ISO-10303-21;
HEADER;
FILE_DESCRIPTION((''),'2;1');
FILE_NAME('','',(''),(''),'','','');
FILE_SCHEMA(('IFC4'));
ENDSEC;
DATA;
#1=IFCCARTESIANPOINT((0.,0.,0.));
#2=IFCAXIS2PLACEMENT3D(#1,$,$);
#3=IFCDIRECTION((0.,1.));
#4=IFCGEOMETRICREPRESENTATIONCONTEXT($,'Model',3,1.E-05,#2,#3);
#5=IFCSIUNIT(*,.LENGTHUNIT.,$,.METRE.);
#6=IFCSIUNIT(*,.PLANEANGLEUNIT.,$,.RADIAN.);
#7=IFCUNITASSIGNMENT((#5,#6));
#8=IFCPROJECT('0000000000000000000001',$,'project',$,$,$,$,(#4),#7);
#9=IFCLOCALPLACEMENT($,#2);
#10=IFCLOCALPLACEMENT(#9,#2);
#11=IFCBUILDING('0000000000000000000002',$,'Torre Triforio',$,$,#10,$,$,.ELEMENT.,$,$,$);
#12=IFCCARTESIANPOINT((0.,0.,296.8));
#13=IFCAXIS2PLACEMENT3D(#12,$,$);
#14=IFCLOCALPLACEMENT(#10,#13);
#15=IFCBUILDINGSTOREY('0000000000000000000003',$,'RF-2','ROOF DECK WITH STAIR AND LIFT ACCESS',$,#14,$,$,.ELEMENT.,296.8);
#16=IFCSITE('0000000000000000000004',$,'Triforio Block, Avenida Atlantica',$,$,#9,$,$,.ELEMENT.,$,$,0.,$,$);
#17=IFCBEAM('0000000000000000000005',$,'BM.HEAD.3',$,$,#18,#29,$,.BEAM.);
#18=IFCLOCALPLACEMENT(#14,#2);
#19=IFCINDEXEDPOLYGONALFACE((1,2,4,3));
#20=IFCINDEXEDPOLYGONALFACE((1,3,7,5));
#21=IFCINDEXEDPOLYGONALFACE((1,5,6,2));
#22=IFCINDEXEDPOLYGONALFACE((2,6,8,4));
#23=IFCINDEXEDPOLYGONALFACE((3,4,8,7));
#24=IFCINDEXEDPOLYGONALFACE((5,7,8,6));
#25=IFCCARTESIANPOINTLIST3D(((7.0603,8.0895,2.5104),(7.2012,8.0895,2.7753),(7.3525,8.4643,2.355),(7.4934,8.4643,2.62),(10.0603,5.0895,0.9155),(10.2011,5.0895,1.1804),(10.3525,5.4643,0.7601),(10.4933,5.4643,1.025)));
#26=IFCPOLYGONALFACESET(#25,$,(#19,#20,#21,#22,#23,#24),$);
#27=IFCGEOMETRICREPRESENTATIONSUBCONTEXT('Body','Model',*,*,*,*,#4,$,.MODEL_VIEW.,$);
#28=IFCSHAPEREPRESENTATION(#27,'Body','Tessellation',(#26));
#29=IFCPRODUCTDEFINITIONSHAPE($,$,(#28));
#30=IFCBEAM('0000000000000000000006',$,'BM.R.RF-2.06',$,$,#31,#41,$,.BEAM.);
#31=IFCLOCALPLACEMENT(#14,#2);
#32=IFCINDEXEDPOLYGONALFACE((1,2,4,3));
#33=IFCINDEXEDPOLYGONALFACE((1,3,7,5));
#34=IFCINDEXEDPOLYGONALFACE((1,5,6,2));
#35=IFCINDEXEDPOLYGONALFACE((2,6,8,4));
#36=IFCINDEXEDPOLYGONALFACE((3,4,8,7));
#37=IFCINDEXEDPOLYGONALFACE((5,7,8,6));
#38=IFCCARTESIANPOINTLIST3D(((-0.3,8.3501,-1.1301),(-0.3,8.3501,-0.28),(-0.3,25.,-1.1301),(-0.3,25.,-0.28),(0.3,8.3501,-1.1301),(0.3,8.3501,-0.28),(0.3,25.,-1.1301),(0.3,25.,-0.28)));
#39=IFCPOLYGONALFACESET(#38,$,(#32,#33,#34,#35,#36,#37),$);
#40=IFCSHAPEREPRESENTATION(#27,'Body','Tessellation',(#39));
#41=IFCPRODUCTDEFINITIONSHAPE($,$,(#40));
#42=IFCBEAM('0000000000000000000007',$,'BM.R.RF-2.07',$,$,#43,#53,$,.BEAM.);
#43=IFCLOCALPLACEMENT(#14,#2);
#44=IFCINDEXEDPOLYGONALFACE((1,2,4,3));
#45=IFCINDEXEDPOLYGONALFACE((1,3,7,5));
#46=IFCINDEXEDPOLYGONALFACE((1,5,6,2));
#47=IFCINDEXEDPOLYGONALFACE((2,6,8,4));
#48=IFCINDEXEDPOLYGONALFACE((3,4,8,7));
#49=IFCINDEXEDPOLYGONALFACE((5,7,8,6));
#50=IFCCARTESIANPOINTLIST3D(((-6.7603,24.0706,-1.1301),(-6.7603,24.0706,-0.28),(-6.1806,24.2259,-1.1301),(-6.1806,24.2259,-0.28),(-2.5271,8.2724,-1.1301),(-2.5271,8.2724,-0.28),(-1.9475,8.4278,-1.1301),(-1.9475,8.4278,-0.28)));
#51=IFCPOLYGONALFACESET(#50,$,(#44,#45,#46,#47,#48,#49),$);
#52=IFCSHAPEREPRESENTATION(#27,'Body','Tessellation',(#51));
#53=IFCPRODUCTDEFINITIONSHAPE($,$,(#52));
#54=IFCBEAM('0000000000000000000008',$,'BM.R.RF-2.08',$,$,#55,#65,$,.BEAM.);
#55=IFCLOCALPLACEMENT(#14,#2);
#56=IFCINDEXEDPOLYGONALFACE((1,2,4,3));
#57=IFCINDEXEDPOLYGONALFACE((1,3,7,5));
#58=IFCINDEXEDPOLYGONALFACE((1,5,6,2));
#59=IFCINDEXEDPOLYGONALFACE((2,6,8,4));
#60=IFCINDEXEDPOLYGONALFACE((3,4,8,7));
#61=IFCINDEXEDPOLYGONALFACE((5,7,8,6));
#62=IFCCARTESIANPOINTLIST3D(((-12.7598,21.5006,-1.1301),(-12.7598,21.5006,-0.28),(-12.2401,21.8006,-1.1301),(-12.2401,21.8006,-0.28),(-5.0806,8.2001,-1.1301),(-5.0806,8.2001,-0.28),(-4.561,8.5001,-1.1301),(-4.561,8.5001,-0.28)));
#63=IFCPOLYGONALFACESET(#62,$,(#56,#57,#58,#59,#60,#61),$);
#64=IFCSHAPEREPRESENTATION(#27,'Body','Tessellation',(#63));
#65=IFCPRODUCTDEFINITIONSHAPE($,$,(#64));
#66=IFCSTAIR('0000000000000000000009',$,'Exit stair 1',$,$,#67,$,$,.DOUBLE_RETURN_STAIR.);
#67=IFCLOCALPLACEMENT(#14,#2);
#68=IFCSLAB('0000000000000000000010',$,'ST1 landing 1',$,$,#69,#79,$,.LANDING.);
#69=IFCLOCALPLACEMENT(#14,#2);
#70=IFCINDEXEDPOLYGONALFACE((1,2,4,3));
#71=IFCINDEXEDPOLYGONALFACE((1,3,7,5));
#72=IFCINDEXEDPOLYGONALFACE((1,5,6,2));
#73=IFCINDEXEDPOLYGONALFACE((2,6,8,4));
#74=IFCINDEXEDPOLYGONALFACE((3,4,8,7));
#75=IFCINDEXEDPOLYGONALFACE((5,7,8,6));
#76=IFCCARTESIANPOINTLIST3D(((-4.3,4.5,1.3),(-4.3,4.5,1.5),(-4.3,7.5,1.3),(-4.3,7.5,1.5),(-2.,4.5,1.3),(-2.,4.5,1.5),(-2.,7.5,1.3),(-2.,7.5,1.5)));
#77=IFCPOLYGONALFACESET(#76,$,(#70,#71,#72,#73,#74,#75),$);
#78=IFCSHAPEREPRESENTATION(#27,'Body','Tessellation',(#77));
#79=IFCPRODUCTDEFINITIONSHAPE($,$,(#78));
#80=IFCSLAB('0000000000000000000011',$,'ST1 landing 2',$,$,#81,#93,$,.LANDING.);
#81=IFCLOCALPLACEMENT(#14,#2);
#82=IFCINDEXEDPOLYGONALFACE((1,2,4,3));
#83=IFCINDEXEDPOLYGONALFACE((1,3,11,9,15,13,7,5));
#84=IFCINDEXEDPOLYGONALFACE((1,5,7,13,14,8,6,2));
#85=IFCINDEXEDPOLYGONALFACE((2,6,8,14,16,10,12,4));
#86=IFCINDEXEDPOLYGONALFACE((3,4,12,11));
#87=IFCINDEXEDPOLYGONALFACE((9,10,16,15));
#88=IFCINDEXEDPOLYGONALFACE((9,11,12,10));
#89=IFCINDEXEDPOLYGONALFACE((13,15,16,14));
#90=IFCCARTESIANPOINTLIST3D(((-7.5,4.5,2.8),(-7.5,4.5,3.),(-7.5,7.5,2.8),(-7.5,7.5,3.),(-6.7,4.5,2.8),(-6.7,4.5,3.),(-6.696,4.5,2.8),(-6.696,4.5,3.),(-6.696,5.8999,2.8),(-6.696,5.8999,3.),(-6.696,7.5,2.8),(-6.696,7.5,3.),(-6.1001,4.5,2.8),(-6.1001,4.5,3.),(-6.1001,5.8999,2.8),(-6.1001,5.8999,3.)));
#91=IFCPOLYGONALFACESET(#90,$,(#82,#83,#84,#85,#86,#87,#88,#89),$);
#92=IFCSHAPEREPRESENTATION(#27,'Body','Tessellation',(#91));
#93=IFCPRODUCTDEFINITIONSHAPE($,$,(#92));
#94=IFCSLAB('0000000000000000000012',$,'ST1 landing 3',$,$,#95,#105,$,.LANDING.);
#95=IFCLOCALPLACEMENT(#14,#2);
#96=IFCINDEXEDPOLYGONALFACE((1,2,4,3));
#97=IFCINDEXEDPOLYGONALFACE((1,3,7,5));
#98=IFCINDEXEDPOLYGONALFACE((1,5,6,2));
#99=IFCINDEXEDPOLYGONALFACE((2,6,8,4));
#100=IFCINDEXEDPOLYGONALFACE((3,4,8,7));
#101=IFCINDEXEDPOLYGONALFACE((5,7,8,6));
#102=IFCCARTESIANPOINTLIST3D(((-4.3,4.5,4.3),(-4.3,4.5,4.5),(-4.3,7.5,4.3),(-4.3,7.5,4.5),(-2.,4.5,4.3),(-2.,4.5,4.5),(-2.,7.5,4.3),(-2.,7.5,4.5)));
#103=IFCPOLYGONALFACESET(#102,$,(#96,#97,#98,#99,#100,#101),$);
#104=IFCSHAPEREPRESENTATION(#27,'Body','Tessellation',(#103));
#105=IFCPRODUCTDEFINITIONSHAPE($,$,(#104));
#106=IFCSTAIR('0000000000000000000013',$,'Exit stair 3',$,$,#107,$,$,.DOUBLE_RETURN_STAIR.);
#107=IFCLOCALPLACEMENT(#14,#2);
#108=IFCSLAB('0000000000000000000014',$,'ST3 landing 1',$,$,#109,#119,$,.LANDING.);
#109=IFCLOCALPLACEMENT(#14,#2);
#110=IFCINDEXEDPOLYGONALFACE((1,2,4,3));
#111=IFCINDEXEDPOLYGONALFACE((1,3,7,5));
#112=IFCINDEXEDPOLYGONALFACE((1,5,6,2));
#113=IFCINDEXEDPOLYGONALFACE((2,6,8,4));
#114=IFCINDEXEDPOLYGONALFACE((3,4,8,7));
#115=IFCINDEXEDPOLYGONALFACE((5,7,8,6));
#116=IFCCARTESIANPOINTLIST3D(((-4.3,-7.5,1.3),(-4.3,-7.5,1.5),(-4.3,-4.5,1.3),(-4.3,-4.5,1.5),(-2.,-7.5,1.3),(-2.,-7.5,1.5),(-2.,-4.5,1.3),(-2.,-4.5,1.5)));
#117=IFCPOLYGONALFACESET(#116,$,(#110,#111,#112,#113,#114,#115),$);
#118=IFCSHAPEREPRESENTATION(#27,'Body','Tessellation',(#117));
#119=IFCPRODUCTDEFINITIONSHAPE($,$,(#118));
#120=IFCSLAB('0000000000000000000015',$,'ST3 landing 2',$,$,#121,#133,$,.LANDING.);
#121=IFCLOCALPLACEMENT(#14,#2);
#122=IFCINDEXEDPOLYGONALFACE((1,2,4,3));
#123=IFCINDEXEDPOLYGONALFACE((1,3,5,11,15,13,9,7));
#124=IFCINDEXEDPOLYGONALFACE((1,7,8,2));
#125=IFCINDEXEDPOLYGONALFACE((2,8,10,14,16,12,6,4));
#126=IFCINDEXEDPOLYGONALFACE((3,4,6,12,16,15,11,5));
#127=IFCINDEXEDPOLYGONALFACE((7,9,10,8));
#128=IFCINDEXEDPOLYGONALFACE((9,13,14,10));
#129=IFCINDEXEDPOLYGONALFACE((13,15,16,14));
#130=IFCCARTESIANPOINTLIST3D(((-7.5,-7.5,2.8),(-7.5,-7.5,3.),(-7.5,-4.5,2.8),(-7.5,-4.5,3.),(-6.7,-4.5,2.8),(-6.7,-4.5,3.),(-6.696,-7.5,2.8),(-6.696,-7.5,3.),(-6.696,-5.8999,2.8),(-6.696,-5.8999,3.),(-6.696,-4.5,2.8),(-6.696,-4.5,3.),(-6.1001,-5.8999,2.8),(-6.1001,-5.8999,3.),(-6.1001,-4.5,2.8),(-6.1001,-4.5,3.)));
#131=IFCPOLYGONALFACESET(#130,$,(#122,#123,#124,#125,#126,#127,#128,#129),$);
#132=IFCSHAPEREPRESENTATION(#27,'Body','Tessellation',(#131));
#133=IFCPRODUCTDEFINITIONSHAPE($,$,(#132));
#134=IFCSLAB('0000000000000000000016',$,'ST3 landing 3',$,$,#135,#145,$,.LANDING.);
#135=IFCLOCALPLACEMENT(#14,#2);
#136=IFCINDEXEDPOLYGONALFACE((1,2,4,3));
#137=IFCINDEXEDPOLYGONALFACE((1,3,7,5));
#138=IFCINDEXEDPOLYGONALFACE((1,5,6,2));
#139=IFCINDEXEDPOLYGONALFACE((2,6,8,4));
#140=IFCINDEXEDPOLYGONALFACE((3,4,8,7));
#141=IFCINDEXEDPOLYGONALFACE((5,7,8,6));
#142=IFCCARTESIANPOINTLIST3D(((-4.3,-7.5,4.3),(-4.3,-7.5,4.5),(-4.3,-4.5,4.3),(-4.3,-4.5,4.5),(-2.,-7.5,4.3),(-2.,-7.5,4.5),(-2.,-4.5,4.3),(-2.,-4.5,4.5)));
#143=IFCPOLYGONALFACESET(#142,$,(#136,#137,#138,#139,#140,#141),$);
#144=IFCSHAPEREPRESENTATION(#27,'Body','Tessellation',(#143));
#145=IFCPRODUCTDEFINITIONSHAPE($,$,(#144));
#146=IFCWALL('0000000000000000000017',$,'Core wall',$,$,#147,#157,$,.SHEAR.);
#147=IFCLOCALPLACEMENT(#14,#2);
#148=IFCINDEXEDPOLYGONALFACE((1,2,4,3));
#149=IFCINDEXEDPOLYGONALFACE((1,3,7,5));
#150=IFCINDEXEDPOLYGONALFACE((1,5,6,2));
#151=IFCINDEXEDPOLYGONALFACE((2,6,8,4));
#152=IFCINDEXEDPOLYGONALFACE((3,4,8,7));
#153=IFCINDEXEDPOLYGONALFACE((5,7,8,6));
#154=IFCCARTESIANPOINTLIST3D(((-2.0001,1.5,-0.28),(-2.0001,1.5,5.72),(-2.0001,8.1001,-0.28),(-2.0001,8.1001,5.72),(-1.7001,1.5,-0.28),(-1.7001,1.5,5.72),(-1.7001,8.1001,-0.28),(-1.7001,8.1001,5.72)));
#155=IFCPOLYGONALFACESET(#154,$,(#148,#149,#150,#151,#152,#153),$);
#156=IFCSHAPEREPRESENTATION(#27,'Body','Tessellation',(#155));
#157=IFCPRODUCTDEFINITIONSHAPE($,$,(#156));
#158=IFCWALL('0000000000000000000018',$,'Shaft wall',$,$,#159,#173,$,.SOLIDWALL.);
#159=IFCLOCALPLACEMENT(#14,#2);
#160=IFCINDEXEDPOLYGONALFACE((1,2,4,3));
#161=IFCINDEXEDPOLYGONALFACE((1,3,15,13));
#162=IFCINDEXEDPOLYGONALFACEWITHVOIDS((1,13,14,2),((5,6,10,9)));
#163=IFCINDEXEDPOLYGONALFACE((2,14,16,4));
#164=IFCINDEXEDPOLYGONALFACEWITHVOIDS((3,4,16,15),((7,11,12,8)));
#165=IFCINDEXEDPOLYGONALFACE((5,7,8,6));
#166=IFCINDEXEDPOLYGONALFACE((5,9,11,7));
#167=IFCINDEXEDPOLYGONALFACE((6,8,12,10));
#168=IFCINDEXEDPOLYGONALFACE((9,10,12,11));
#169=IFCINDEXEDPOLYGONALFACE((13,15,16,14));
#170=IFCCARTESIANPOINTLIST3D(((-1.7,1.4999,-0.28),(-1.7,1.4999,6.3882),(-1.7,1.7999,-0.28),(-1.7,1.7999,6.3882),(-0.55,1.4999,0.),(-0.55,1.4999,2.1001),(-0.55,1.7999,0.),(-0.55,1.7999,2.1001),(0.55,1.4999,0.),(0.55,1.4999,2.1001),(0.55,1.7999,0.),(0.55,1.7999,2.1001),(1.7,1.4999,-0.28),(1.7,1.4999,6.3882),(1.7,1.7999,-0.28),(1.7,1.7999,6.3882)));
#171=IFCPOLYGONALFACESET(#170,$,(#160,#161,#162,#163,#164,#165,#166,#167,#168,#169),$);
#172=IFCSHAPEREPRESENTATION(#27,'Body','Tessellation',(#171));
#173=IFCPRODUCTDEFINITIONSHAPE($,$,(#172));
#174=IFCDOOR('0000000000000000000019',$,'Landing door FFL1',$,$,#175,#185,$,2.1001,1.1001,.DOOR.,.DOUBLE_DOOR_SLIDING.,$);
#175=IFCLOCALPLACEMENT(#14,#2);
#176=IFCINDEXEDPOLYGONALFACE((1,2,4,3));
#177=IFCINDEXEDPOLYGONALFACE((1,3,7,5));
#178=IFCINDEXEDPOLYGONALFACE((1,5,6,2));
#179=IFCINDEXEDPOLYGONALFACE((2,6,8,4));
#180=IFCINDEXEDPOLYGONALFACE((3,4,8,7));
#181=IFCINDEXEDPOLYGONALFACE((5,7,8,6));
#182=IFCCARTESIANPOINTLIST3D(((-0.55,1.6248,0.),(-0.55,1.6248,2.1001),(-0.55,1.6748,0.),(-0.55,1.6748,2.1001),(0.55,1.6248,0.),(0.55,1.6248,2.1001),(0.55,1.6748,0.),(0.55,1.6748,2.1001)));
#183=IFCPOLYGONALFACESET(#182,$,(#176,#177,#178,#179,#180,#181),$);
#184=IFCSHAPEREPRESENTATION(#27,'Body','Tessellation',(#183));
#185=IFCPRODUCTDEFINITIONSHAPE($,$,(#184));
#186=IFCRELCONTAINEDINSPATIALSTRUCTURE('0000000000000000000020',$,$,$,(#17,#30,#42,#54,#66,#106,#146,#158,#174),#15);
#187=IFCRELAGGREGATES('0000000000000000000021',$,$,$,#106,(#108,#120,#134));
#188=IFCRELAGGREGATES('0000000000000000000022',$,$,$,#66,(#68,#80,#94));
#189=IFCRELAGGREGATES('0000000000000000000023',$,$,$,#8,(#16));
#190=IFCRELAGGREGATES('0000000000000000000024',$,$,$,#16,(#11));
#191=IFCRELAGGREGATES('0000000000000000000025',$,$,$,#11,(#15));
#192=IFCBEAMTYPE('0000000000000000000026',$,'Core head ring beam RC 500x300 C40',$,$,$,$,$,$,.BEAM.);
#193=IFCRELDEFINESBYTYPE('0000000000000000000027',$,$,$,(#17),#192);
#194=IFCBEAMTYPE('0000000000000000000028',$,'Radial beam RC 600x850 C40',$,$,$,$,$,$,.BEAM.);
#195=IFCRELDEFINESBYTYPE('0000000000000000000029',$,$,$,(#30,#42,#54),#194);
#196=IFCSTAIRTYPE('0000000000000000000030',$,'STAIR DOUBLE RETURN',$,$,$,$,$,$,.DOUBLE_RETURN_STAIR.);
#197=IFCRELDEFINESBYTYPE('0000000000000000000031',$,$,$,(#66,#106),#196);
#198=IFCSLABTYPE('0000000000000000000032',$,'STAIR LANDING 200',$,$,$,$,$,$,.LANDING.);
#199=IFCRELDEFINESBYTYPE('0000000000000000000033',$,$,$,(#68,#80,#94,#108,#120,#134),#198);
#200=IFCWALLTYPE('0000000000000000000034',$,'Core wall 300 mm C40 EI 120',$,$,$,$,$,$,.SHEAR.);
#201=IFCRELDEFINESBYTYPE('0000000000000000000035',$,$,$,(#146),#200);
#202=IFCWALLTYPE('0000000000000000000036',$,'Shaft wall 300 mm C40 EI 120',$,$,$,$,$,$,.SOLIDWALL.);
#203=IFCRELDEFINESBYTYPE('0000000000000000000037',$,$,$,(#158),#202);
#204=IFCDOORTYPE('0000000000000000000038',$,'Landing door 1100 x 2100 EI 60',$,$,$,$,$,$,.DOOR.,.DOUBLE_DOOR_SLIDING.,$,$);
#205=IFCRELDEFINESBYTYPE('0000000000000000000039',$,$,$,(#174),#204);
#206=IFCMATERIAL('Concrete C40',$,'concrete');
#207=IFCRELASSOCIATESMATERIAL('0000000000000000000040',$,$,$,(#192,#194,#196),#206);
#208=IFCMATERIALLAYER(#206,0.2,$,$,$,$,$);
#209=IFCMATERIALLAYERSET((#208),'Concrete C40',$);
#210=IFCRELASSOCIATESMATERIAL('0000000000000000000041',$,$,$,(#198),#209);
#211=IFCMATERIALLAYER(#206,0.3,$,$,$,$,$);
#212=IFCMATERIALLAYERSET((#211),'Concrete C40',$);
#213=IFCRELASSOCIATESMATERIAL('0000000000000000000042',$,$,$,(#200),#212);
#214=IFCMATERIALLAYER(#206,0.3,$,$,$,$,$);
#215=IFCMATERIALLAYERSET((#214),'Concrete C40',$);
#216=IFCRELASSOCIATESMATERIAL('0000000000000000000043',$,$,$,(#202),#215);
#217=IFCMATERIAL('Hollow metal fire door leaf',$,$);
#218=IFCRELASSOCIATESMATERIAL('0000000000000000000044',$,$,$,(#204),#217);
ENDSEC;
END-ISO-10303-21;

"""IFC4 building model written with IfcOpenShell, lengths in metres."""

from ifc_helpers import new_model, si_unit, direction, frame, frame_2d, origin, origin_2d, place, context, subcontext, project, spatial, polyline, rectangle, outline, extrude, material, layer, layer_set, material_profile, profile_set, type_object, element, fill, aggregate, save


model = new_model("IFC4")

# Units and contexts
model_context = context("Model", 3, precision=1e-05, world=origin(), true_north=direction((0.0, 1.0)))
body_context = subcontext(model_context, "Body", "Model", "MODEL_VIEW")
ifc_project = project(units=[si_unit("LENGTHUNIT", "METRE"), si_unit("PLANEANGLEUNIT", "RADIAN")], contexts=[model_context])

# Site, building, storey
site_placement = place(None, origin())
site = spatial("IfcSite", under=ifc_project, at=site_placement, Name="Triforio Block, Avenida Atlantica", CompositionType="ELEMENT", RefElevation=0.0)
building_placement = place(site_placement, origin())
building = spatial("IfcBuilding", under=site, at=building_placement, Name="Torre Triforio", CompositionType="ELEMENT")
storey_placement = place(building_placement, frame((0.0, 0.0, 296.8)))
storey = spatial("IfcBuildingStorey", under=building, at=storey_placement, Name="RF-2", Description="ROOF DECK WITH STAIR AND LIFT ACCESS", CompositionType="ELEMENT", Elevation=296.8)

# Beams
ifc_material_1 = material(Name="Concrete C40", Category="concrete")
ifc_material_profile_1 = material_profile(ifc_material_1, rectangle(XDim=0.5, YDim=0.3, at=origin_2d()), Name="RC 500x300")
ifc_profile_set_1 = profile_set([ifc_material_profile_1], Name="Concrete C40")
beam_type_1 = type_object("IfcBeamType", Name="Core head ring beam RC 500x300 C40", PredefinedType="BEAM", material=ifc_profile_set_1)
beam_1_placement = place(storey_placement, frame((7.2769, 8.2769, 2.5652), z_axis=(0.66188, -0.66188, -0.351893), x_axis=(0.584406, 0.74961, -0.310734)))
element("IfcBeam", 1, at=beam_1_placement, inside=storey, type_object=beam_type_1, Name="BM.HEAD.3", PredefinedType="BEAM", context=body_context, shape_type="SweptSolid", body=[
    extrude(rectangle(XDim=0.5, YDim=0.3, at=origin_2d()), origin(), (0.0, 0.0, 1.0), 4.5325),
])
ifc_material_profile_2 = material_profile(ifc_material_1, rectangle(XDim=0.6001, YDim=0.8501, at=origin_2d()), Name="RC 600x850")
ifc_profile_set_2 = profile_set([ifc_material_profile_2], Name="Concrete C40")
beam_type_2 = type_object("IfcBeamType", Name="Radial beam RC 600x850 C40", PredefinedType="BEAM", material=ifc_profile_set_2)
beam_2_placement = place(storey_placement, frame((0.0, 8.3501, -0.7051), z_axis=(0.0, 1.0, 0.0), x_axis=(-1.0, 0.0, 0.0)))
element("IfcBeam", 2, at=beam_2_placement, inside=storey, type_object=beam_type_2, Name="BM.R.RF-2.06", PredefinedType="BEAM", context=body_context, shape_type="SweptSolid", body=[
    extrude(rectangle(XDim=0.6001, YDim=0.8501, at=origin_2d()), origin(), (0.0, 0.0, 1.0), 16.6499),
])
beam_3_placement = place(storey_placement, frame((-2.2373, 8.3501, -0.7051), z_axis=(-0.258823, 0.965925, 0.0), x_axis=(-0.965925, -0.258823, 0.0)))
element("IfcBeam", 3, at=beam_3_placement, inside=storey, type_object=beam_type_2, Name="BM.R.RF-2.07", PredefinedType="BEAM", context=body_context, shape_type="SweptSolid", body=[
    extrude(rectangle(XDim=0.6001, YDim=0.8501, at=origin_2d()), origin(), (0.0, 0.0, 1.0), 16.3555),
])
beam_4_placement = place(storey_placement, frame((-4.8208, 8.3501, -0.7051), z_axis=(-0.500006, 0.866022, 0.0), x_axis=(-0.866022, -0.500006, 0.0)))
element("IfcBeam", 4, at=beam_4_placement, inside=storey, type_object=beam_type_2, Name="BM.R.RF-2.08", PredefinedType="BEAM", context=body_context, shape_type="SweptSolid", body=[
    extrude(rectangle(XDim=0.6001, YDim=0.8501, at=origin_2d()), origin(), (0.0, 0.0, 1.0), 15.3582),
])

# Stairs, slabs
stair_type = type_object("IfcStairType", Name="STAIR DOUBLE RETURN", PredefinedType="DOUBLE_RETURN_STAIR", material=ifc_material_1)
stair_1_placement = place(storey_placement, origin())
stair_1 = element("IfcStair", 5, at=stair_1_placement, inside=storey, type_object=stair_type, Name="Exit stair 1", PredefinedType="DOUBLE_RETURN_STAIR")
ifc_layer_1 = layer(ifc_material_1, 0.2)
ifc_layer_set_1 = layer_set([ifc_layer_1], Name="Concrete C40")
slab_type = type_object("IfcSlabType", Name="STAIR LANDING 200", PredefinedType="LANDING", material=ifc_layer_set_1)
slab_1_placement = place(storey_placement, frame((0.0, 0.0, 1.3)))
slab_1 = element("IfcSlab", 6, at=slab_1_placement, type_object=slab_type, Name="ST1 landing 1", PredefinedType="LANDING", context=body_context, shape_type="SweptSolid", body=[
    extrude(outline(polyline([(-2.0, 4.5), (-2.0, 7.5), (-4.3, 7.5), (-4.3, 4.5), (-2.0, 4.5)])), origin(), (0.0, 0.0, 1.0), 0.2),
])
slab_2_placement = place(storey_placement, frame((0.0, 0.0, 2.8)))
slab_2 = element("IfcSlab", 7, at=slab_2_placement, type_object=slab_type, Name="ST1 landing 2", PredefinedType="LANDING", context=body_context, shape_type="SweptSolid", body=[
    extrude(outline(polyline([(-6.1001, 5.8999), (-6.1001, 4.5), (-6.696, 4.5), (-6.7, 4.5), (-7.5, 4.5), (-7.5, 7.5), (-6.696, 7.5), (-6.696, 5.8999), (-6.1001, 5.8999)])), origin(), (0.0, 0.0, 1.0), 0.2),
])
slab_3_placement = place(storey_placement, frame((0.0, 0.0, 4.3)))
slab_3 = element("IfcSlab", 8, at=slab_3_placement, type_object=slab_type, Name="ST1 landing 3", PredefinedType="LANDING", context=body_context, shape_type="SweptSolid", body=[
    extrude(outline(polyline([(-2.0, 4.5), (-2.0, 7.5), (-4.3, 7.5), (-4.3, 4.5), (-2.0, 4.5)])), origin(), (0.0, 0.0, 1.0), 0.2),
])
stair_2_placement = place(storey_placement, origin())
stair_2 = element("IfcStair", 9, at=stair_2_placement, inside=storey, type_object=stair_type, Name="Exit stair 3", PredefinedType="DOUBLE_RETURN_STAIR")
slab_4_placement = place(storey_placement, frame((0.0, 0.0, 1.3)))
slab_4 = element("IfcSlab", 10, at=slab_4_placement, type_object=slab_type, Name="ST3 landing 1", PredefinedType="LANDING", context=body_context, shape_type="SweptSolid", body=[
    extrude(outline(polyline([(-2.0, -7.5), (-2.0, -4.5), (-4.3, -4.5), (-4.3, -7.5), (-2.0, -7.5)])), origin(), (0.0, 0.0, 1.0), 0.2),
])
slab_5_placement = place(storey_placement, frame((0.0, 0.0, 2.8)))
slab_5 = element("IfcSlab", 11, at=slab_5_placement, type_object=slab_type, Name="ST3 landing 2", PredefinedType="LANDING", context=body_context, shape_type="SweptSolid", body=[
    extrude(outline(polyline([(-6.696, -7.5), (-7.5, -7.5), (-7.5, -4.5), (-6.7, -4.5), (-6.696, -4.5), (-6.1001, -4.5), (-6.1001, -5.8999), (-6.696, -5.8999), (-6.696, -7.5)])), origin(), (0.0, 0.0, 1.0), 0.2),
])
slab_6_placement = place(storey_placement, frame((0.0, 0.0, 4.3)))
slab_6 = element("IfcSlab", 12, at=slab_6_placement, type_object=slab_type, Name="ST3 landing 3", PredefinedType="LANDING", context=body_context, shape_type="SweptSolid", body=[
    extrude(outline(polyline([(-2.0, -7.5), (-2.0, -4.5), (-4.3, -4.5), (-4.3, -7.5), (-2.0, -7.5)])), origin(), (0.0, 0.0, 1.0), 0.2),
])
aggregate(stair_2, [slab_4, slab_5, slab_6])

# Wall
ifc_layer_2 = layer(ifc_material_1, 0.3)
ifc_layer_set_2 = layer_set([ifc_layer_2], Name="Concrete C40")
wall_type_1 = type_object("IfcWallType", Name="Core wall 300 mm C40 EI 120", PredefinedType="SHEAR", material=ifc_layer_set_2)
wall_1_placement = place(storey_placement, frame((-1.8501, 1.5, -0.28), z_axis=(0.0, 0.0, 1.0), x_axis=(0.0, 1.0, 0.0)))
element("IfcWall", 13, at=wall_1_placement, inside=storey, type_object=wall_type_1, Name="Core wall", PredefinedType="SHEAR", context=body_context, shape_type="SweptSolid", body=[
    extrude(rectangle(XDim=6.6001, YDim=0.3, at=frame_2d((3.3, 0.0))), origin(), (0.0, 0.0, 1.0), 6.0),
])

# Wall, opening, door
ifc_layer_3 = layer(ifc_material_1, 0.3)
ifc_layer_set_3 = layer_set([ifc_layer_3], Name="Concrete C40")
wall_type_2 = type_object("IfcWallType", Name="Shaft wall 300 mm C40 EI 120", PredefinedType="SOLIDWALL", material=ifc_layer_set_3)
wall_2_placement = place(storey_placement, frame((-1.7, 1.6499, -0.28), z_axis=(0.0, 0.0, 1.0), x_axis=(1.0, 0.0, 0.0)))
wall_2 = element("IfcWall", 14, at=wall_2_placement, inside=storey, type_object=wall_type_2, Name="Shaft wall", PredefinedType="SOLIDWALL", context=body_context, shape_type="SweptSolid", body=[
    extrude(rectangle(XDim=3.3999, YDim=0.3, at=frame_2d((1.7, 0.0))), origin(), (0.0, 0.0, 1.0), 6.6682),
])
opening_placement = place(wall_2_placement, frame((1.1499, 0.0, 0.28)))
opening = element("IfcOpeningElement", 15, at=opening_placement, cuts=wall_2, PredefinedType="OPENING", context=body_context, shape_type="SweptSolid", body=[
    extrude(rectangle(XDim=1.1001, YDim=2.1001, at=frame_2d((0.55, 1.05))), frame((0.0, 0.1599, 0.0), z_axis=(0.0, -1.0, 0.0), x_axis=(1.0, 0.0, 0.0)), (0.0, 0.0, 1.0), 0.3201),
])
ifc_material_2 = material(Name="Hollow metal fire door leaf")
door_type = type_object("IfcDoorType", Name="Landing door 1100 x 2100 EI 60", OperationType="DOUBLE_DOOR_SLIDING", PredefinedType="DOOR", material=ifc_material_2)
door_placement = place(opening_placement, origin())
door = element("IfcDoor", 16, at=door_placement, inside=storey, type_object=door_type, Name="Landing door FFL1", OperationType="DOUBLE_DOOR_SLIDING", OverallHeight=2.1001, OverallWidth=1.1001, PredefinedType="DOOR", context=body_context, shape_type="SweptSolid", body=[
    extrude(rectangle(XDim=1.1001, YDim=2.1001, at=frame_2d((0.55, 1.05))), frame((0.0, 0.0249, 0.0), z_axis=(0.0, -1.0, 0.0), x_axis=(1.0, 0.0, 0.0)), (0.0, 0.0, 1.0), 0.05),
])
fill(opening, door)

aggregate(stair_1, [slab_1, slab_2, slab_3])

save(model, "model.ifc")
